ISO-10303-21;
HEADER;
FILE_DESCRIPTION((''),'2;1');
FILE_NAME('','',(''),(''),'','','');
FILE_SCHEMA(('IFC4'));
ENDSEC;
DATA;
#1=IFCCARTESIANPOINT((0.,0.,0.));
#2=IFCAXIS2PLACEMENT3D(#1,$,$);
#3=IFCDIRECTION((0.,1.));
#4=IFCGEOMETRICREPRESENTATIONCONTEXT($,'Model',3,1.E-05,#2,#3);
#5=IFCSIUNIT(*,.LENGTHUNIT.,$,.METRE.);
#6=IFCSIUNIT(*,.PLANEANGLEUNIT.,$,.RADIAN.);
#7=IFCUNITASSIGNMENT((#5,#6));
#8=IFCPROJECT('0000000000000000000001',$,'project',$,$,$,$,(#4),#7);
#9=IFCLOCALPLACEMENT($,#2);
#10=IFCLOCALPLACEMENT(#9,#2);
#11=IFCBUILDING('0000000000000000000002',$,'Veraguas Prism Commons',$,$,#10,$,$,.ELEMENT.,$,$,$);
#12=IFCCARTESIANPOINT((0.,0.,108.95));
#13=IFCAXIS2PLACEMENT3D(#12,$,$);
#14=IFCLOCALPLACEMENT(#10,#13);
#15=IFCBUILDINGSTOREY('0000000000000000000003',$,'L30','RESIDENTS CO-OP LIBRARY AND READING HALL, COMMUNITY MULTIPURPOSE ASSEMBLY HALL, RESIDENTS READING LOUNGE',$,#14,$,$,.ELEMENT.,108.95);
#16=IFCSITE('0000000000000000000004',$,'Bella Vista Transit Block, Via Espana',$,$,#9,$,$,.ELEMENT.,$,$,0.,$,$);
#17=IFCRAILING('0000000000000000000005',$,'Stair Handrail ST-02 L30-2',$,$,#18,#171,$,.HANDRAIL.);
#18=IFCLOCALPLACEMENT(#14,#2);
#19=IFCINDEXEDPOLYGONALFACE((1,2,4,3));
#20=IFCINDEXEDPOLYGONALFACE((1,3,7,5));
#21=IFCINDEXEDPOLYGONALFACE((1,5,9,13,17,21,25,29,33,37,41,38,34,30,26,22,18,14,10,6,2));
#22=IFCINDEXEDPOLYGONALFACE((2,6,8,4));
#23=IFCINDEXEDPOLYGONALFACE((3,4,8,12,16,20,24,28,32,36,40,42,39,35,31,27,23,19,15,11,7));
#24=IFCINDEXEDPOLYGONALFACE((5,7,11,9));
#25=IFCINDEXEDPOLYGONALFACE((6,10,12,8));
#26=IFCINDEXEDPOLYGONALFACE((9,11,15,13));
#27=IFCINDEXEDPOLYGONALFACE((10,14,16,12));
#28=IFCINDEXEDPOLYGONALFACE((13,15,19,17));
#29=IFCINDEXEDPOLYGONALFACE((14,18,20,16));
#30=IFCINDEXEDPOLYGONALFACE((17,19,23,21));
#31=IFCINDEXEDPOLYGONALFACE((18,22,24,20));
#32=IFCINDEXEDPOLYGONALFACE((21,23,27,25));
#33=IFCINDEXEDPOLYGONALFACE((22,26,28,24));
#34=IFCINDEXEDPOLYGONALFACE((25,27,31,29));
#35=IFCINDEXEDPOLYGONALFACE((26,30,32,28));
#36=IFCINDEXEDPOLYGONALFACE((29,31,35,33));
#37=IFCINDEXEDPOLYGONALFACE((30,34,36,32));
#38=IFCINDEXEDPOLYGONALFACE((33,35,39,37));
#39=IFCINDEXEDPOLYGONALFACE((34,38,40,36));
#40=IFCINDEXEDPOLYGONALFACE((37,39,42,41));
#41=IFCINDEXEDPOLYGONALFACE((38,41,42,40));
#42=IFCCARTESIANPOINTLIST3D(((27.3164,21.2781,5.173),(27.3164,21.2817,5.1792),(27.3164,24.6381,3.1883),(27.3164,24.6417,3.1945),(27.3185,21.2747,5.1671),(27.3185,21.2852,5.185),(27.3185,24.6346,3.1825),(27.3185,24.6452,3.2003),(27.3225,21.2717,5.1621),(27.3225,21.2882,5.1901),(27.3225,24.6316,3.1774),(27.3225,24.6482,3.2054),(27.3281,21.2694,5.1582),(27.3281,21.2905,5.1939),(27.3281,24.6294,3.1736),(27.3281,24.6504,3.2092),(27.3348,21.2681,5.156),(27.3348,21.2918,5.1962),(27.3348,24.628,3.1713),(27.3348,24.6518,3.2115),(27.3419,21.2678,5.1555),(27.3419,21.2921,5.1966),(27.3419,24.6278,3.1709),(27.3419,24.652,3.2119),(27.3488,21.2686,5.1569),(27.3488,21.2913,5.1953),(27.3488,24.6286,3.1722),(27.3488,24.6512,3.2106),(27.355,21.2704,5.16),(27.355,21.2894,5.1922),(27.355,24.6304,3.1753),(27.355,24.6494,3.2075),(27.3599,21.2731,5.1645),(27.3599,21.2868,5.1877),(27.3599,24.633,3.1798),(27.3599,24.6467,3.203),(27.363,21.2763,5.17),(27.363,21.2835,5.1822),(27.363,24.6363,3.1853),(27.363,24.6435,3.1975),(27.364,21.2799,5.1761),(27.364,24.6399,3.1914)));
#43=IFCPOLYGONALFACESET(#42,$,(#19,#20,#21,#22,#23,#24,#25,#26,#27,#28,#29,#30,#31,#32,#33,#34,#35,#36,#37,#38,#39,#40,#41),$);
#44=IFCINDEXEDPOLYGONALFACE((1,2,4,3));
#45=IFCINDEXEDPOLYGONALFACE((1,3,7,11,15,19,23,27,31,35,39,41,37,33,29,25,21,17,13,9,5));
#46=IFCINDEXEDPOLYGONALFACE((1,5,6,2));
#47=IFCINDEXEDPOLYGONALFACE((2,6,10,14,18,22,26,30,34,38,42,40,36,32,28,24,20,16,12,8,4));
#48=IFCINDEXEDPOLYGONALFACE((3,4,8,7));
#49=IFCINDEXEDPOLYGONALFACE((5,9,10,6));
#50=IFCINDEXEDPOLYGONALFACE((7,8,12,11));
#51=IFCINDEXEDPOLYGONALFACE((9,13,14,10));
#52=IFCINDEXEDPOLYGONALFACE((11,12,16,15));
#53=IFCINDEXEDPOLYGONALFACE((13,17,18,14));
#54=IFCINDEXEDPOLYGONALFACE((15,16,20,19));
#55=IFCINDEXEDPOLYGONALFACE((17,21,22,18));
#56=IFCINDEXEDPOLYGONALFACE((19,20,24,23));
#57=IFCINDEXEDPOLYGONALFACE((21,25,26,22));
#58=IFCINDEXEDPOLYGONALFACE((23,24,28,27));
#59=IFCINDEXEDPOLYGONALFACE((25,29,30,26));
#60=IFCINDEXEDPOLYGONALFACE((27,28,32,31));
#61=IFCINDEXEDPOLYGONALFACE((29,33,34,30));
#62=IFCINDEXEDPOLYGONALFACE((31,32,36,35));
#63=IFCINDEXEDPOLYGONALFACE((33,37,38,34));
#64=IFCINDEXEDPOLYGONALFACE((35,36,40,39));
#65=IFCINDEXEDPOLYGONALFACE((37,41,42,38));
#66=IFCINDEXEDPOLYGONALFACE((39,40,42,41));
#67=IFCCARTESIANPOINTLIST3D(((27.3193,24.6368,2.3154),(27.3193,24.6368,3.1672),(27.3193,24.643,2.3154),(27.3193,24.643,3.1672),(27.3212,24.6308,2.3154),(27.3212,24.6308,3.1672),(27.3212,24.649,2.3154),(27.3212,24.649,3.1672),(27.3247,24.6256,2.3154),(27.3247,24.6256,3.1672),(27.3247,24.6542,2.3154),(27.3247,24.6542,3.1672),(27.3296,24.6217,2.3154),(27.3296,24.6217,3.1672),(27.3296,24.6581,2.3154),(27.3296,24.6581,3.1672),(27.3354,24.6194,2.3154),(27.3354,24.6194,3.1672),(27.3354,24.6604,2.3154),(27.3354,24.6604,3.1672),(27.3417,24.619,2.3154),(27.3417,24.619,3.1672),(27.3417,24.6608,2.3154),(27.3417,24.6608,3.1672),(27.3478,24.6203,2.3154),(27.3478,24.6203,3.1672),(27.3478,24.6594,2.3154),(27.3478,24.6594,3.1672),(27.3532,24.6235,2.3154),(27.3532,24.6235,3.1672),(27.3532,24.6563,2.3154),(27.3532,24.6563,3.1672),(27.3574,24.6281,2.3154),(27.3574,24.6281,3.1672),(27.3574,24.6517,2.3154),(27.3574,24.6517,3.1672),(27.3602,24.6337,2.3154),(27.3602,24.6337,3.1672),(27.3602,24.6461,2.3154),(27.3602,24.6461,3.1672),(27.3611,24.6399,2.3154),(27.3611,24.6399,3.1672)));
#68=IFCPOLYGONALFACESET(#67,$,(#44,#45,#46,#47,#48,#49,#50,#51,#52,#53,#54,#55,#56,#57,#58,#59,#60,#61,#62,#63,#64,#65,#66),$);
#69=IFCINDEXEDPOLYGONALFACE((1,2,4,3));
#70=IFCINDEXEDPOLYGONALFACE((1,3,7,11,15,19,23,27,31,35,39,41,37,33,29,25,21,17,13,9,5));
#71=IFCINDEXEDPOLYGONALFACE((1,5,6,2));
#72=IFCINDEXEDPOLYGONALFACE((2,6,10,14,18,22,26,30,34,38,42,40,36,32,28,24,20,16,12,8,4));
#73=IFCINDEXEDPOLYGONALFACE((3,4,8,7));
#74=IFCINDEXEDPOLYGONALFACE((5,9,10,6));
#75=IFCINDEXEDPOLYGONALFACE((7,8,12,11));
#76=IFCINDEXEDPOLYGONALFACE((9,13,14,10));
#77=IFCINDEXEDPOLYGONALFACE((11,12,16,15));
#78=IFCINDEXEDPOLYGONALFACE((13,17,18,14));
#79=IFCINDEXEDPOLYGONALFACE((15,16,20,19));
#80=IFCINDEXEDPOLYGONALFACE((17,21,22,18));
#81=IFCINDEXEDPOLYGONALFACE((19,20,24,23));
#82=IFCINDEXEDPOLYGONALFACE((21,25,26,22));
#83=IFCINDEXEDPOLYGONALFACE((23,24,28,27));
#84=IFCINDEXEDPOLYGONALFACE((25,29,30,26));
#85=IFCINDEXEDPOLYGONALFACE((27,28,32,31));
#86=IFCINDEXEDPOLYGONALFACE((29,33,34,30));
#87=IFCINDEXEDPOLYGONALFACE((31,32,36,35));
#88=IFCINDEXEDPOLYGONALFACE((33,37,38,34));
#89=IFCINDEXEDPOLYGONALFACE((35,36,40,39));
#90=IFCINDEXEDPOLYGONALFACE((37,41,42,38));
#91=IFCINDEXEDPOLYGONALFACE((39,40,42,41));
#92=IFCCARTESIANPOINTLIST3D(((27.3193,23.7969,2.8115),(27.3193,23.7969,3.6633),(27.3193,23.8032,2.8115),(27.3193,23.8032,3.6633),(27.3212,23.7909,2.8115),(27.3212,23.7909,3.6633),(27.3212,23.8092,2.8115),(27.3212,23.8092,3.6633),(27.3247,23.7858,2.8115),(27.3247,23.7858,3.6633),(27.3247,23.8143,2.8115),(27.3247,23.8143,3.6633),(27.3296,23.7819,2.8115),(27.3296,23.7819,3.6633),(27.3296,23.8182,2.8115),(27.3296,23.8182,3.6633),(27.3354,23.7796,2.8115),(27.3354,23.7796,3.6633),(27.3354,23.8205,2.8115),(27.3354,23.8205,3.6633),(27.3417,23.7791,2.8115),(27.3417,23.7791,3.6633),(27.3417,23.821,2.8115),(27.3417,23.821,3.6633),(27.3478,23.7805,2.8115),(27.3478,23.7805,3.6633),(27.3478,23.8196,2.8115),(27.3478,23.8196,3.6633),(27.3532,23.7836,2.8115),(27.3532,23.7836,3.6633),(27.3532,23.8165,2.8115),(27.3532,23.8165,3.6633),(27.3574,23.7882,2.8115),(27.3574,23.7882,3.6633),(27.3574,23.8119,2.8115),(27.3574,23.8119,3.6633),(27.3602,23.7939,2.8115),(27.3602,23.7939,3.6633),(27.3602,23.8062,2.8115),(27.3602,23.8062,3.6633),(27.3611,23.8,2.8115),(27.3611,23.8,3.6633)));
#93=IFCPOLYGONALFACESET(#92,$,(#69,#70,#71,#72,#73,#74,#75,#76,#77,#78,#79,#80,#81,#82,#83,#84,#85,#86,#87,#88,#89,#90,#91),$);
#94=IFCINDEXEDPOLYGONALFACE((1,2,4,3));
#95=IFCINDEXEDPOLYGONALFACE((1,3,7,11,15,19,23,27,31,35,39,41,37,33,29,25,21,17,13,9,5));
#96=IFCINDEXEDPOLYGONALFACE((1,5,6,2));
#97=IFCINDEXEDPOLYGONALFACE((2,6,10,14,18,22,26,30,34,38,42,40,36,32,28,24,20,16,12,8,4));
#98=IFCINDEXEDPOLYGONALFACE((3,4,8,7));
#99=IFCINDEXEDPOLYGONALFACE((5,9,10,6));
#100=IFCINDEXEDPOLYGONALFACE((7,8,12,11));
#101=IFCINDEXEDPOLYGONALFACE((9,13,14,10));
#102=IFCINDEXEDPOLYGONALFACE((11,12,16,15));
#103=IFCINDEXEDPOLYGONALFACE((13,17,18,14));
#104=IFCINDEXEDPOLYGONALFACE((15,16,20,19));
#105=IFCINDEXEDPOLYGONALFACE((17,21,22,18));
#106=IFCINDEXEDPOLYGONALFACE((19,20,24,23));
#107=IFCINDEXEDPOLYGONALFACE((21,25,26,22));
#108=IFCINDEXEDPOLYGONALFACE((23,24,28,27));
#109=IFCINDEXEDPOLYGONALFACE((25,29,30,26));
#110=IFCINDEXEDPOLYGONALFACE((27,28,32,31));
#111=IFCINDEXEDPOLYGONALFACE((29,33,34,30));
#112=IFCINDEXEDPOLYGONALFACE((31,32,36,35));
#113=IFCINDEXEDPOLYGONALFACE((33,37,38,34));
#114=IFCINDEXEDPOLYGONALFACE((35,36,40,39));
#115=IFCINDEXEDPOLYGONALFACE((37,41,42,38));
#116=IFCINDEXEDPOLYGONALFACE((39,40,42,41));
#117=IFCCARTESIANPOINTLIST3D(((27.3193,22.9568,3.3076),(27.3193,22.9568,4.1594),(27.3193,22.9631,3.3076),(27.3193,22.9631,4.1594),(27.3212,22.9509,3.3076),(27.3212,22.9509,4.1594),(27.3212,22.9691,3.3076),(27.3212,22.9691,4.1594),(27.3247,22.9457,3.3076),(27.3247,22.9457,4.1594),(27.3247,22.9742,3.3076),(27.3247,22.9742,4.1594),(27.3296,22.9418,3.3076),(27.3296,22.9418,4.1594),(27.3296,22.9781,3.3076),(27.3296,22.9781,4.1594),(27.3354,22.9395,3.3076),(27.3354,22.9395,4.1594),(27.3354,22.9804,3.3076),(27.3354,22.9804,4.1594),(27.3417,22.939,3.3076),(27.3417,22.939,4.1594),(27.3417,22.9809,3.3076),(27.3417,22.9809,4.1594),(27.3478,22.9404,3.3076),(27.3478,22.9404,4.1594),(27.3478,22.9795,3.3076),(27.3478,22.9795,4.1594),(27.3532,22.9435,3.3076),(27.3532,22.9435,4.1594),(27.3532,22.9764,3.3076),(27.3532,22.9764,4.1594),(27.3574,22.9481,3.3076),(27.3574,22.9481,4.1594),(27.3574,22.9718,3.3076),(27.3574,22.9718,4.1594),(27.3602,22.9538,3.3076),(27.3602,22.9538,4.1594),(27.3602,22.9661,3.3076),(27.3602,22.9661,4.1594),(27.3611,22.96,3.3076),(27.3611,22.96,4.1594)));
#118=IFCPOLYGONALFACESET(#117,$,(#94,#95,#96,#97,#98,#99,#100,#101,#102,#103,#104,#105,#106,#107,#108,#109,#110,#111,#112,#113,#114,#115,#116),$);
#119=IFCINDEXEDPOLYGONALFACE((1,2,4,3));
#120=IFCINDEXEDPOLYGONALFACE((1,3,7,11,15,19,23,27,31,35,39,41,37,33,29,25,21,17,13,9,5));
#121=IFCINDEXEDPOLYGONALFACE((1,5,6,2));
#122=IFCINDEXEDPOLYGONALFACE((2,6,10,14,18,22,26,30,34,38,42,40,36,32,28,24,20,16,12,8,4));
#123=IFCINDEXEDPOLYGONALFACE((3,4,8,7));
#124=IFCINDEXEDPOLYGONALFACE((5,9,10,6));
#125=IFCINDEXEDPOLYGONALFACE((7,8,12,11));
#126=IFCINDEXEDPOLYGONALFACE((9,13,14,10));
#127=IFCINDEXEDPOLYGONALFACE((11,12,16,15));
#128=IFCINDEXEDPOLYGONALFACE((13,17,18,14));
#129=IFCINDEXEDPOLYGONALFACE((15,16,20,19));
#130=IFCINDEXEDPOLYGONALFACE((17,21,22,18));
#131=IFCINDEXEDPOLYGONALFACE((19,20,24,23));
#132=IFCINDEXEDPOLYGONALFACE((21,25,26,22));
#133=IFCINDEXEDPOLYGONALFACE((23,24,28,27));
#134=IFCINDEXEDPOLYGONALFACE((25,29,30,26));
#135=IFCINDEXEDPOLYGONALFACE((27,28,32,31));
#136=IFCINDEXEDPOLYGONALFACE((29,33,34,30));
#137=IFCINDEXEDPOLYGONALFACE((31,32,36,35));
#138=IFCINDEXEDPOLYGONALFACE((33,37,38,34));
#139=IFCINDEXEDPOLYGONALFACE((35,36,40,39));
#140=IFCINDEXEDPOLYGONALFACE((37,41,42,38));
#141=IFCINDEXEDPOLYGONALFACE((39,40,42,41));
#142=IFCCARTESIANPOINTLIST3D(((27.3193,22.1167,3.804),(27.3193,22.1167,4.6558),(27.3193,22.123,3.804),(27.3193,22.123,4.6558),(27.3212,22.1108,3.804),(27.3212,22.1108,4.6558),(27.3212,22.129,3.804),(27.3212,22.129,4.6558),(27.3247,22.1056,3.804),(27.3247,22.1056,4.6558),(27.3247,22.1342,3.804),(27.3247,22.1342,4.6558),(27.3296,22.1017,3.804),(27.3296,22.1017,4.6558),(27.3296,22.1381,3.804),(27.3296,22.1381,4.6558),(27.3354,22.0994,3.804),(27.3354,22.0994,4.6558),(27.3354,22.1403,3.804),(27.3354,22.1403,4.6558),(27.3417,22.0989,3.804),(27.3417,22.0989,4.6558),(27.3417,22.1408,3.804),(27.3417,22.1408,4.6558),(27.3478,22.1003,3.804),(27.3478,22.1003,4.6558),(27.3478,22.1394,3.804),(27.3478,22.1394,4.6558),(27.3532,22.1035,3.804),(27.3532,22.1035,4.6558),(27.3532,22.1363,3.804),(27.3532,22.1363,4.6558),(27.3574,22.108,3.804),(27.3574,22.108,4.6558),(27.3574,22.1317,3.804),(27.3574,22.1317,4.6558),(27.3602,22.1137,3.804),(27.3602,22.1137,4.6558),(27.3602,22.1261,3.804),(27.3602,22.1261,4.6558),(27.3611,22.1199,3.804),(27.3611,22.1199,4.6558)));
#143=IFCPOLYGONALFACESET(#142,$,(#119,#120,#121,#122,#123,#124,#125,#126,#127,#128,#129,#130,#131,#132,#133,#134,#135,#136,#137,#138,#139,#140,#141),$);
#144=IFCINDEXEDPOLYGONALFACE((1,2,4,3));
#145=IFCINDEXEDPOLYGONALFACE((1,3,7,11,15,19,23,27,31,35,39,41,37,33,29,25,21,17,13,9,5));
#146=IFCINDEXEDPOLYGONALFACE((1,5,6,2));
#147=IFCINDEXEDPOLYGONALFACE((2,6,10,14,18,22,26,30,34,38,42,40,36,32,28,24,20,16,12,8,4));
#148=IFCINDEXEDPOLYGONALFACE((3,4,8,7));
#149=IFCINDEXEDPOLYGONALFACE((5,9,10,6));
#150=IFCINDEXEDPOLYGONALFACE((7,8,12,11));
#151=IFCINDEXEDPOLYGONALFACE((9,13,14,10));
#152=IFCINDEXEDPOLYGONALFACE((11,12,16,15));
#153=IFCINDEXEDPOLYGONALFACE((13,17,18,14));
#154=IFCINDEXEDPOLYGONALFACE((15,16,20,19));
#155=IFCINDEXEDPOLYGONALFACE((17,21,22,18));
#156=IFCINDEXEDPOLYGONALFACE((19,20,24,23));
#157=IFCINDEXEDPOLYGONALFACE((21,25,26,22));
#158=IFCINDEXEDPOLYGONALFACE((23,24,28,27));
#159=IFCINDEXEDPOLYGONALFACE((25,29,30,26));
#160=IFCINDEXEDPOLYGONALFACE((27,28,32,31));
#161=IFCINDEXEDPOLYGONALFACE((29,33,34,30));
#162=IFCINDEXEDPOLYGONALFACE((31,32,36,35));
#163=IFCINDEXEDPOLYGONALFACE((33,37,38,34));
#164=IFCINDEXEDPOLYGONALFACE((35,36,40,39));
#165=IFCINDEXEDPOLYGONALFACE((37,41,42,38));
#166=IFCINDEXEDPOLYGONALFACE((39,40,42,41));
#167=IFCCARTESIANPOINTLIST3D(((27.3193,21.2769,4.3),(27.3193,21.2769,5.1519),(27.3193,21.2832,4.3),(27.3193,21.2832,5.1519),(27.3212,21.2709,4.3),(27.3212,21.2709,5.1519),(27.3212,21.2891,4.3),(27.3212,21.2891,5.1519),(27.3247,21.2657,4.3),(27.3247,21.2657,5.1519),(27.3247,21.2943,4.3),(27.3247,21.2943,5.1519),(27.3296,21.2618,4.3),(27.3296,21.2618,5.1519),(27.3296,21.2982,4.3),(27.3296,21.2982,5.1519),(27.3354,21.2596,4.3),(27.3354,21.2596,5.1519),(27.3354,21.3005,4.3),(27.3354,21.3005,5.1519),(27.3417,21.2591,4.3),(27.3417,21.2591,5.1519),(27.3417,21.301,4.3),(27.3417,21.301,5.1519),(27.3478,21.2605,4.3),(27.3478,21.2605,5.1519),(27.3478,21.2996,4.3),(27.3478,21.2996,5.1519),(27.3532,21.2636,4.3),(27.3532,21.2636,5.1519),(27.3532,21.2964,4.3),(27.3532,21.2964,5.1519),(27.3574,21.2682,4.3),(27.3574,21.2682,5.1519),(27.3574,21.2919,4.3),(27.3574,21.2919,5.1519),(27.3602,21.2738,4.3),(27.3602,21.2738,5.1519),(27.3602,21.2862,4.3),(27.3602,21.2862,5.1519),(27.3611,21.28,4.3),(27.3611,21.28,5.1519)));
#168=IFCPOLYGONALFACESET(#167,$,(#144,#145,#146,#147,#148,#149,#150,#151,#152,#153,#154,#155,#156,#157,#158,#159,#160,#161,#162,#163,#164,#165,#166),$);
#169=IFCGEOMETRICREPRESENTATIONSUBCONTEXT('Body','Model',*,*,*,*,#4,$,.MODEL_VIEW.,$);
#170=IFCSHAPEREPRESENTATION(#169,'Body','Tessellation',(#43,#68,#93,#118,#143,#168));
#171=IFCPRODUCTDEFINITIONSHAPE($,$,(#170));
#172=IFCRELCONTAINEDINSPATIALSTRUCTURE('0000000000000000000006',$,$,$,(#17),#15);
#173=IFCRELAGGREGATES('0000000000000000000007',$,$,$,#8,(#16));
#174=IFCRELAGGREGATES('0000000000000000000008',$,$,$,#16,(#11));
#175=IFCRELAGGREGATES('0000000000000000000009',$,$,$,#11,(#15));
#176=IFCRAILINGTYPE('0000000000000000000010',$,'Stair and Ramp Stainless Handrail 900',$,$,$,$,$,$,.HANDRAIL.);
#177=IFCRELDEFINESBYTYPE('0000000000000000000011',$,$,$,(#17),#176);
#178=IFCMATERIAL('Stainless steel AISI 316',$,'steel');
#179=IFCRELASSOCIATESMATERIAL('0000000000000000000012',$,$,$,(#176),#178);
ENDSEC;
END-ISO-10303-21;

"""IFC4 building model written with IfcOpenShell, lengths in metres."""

from ifc_helpers import new_model, si_unit, direction, frame, origin, origin_2d, place, context, subcontext, project, spatial, circle, extrude, material, type_object, element, save


model = new_model("IFC4")

# Units and contexts
model_context = context("Model", 3, precision=1e-05, world=origin(), true_north=direction((0.0, 1.0)))
body_context = subcontext(model_context, "Body", "Model", "MODEL_VIEW")
ifc_project = project(units=[si_unit("LENGTHUNIT", "METRE"), si_unit("PLANEANGLEUNIT", "RADIAN")], contexts=[model_context])

# Site, building, storey
site_placement = place(None, origin())
site = spatial("IfcSite", under=ifc_project, at=site_placement, Name="Bella Vista Transit Block, Via Espana", CompositionType="ELEMENT", RefElevation=0.0)
building_placement = place(site_placement, origin())
building = spatial("IfcBuilding", under=site, at=building_placement, Name="Veraguas Prism Commons", CompositionType="ELEMENT")
storey_placement = place(building_placement, frame((0.0, 0.0, 108.95)))
storey = spatial("IfcBuildingStorey", under=building, at=storey_placement, Name="L30", Description="RESIDENTS CO-OP LIBRARY AND READING HALL, COMMUNITY MULTIPURPOSE ASSEMBLY HALL, RESIDENTS READING LOUNGE", CompositionType="ELEMENT", Elevation=108.95)

# Shared definitions
ifc_material_1 = material(Name="Stainless steel AISI 316", Category="steel")

# Railing
railing_type_1 = type_object("IfcRailingType", Name="Stair and Ramp Stainless Handrail 900", PredefinedType="HANDRAIL", material=ifc_material_1)
railing_1_placement = place(storey_placement, frame((27.3401, 24.6399, 2.3154)))
element("IfcRailing", 1, at=railing_1_placement, inside=storey, type_object=railing_type_1, Name="Stair Handrail ST-02 L30-2", PredefinedType="HANDRAIL", context=body_context, shape_type="SweptSolid", body=[
    extrude(circle(Radius=0.0239, at=origin_2d()), frame((0.0, 0.0, 0.876), z_axis=(0.0, -0.861011, 0.508586), x_axis=(1.0, 0.0, 0.0)), (0.0, 0.0, 1.0), 3.9023),
    extrude(circle(Radius=0.021, at=origin_2d()), origin(), (0.0, 0.0, 1.0), 0.8518),
    extrude(circle(Radius=0.021, at=origin_2d()), frame((0.0, -0.8398, 0.4961)), (0.0, 0.0, 1.0), 0.8518),
    extrude(circle(Radius=0.021, at=origin_2d()), frame((0.0, -1.6799, 0.9922)), (0.0, 0.0, 1.0), 0.8518),
    extrude(circle(Radius=0.021, at=origin_2d()), frame((0.0, -2.52, 1.4885)), (0.0, 0.0, 1.0), 0.8518),
    extrude(circle(Radius=0.021, at=origin_2d()), frame((0.0, -3.3599, 1.9846)), (0.0, 0.0, 1.0), 0.8518),
])

save(model, "model.ifc")
